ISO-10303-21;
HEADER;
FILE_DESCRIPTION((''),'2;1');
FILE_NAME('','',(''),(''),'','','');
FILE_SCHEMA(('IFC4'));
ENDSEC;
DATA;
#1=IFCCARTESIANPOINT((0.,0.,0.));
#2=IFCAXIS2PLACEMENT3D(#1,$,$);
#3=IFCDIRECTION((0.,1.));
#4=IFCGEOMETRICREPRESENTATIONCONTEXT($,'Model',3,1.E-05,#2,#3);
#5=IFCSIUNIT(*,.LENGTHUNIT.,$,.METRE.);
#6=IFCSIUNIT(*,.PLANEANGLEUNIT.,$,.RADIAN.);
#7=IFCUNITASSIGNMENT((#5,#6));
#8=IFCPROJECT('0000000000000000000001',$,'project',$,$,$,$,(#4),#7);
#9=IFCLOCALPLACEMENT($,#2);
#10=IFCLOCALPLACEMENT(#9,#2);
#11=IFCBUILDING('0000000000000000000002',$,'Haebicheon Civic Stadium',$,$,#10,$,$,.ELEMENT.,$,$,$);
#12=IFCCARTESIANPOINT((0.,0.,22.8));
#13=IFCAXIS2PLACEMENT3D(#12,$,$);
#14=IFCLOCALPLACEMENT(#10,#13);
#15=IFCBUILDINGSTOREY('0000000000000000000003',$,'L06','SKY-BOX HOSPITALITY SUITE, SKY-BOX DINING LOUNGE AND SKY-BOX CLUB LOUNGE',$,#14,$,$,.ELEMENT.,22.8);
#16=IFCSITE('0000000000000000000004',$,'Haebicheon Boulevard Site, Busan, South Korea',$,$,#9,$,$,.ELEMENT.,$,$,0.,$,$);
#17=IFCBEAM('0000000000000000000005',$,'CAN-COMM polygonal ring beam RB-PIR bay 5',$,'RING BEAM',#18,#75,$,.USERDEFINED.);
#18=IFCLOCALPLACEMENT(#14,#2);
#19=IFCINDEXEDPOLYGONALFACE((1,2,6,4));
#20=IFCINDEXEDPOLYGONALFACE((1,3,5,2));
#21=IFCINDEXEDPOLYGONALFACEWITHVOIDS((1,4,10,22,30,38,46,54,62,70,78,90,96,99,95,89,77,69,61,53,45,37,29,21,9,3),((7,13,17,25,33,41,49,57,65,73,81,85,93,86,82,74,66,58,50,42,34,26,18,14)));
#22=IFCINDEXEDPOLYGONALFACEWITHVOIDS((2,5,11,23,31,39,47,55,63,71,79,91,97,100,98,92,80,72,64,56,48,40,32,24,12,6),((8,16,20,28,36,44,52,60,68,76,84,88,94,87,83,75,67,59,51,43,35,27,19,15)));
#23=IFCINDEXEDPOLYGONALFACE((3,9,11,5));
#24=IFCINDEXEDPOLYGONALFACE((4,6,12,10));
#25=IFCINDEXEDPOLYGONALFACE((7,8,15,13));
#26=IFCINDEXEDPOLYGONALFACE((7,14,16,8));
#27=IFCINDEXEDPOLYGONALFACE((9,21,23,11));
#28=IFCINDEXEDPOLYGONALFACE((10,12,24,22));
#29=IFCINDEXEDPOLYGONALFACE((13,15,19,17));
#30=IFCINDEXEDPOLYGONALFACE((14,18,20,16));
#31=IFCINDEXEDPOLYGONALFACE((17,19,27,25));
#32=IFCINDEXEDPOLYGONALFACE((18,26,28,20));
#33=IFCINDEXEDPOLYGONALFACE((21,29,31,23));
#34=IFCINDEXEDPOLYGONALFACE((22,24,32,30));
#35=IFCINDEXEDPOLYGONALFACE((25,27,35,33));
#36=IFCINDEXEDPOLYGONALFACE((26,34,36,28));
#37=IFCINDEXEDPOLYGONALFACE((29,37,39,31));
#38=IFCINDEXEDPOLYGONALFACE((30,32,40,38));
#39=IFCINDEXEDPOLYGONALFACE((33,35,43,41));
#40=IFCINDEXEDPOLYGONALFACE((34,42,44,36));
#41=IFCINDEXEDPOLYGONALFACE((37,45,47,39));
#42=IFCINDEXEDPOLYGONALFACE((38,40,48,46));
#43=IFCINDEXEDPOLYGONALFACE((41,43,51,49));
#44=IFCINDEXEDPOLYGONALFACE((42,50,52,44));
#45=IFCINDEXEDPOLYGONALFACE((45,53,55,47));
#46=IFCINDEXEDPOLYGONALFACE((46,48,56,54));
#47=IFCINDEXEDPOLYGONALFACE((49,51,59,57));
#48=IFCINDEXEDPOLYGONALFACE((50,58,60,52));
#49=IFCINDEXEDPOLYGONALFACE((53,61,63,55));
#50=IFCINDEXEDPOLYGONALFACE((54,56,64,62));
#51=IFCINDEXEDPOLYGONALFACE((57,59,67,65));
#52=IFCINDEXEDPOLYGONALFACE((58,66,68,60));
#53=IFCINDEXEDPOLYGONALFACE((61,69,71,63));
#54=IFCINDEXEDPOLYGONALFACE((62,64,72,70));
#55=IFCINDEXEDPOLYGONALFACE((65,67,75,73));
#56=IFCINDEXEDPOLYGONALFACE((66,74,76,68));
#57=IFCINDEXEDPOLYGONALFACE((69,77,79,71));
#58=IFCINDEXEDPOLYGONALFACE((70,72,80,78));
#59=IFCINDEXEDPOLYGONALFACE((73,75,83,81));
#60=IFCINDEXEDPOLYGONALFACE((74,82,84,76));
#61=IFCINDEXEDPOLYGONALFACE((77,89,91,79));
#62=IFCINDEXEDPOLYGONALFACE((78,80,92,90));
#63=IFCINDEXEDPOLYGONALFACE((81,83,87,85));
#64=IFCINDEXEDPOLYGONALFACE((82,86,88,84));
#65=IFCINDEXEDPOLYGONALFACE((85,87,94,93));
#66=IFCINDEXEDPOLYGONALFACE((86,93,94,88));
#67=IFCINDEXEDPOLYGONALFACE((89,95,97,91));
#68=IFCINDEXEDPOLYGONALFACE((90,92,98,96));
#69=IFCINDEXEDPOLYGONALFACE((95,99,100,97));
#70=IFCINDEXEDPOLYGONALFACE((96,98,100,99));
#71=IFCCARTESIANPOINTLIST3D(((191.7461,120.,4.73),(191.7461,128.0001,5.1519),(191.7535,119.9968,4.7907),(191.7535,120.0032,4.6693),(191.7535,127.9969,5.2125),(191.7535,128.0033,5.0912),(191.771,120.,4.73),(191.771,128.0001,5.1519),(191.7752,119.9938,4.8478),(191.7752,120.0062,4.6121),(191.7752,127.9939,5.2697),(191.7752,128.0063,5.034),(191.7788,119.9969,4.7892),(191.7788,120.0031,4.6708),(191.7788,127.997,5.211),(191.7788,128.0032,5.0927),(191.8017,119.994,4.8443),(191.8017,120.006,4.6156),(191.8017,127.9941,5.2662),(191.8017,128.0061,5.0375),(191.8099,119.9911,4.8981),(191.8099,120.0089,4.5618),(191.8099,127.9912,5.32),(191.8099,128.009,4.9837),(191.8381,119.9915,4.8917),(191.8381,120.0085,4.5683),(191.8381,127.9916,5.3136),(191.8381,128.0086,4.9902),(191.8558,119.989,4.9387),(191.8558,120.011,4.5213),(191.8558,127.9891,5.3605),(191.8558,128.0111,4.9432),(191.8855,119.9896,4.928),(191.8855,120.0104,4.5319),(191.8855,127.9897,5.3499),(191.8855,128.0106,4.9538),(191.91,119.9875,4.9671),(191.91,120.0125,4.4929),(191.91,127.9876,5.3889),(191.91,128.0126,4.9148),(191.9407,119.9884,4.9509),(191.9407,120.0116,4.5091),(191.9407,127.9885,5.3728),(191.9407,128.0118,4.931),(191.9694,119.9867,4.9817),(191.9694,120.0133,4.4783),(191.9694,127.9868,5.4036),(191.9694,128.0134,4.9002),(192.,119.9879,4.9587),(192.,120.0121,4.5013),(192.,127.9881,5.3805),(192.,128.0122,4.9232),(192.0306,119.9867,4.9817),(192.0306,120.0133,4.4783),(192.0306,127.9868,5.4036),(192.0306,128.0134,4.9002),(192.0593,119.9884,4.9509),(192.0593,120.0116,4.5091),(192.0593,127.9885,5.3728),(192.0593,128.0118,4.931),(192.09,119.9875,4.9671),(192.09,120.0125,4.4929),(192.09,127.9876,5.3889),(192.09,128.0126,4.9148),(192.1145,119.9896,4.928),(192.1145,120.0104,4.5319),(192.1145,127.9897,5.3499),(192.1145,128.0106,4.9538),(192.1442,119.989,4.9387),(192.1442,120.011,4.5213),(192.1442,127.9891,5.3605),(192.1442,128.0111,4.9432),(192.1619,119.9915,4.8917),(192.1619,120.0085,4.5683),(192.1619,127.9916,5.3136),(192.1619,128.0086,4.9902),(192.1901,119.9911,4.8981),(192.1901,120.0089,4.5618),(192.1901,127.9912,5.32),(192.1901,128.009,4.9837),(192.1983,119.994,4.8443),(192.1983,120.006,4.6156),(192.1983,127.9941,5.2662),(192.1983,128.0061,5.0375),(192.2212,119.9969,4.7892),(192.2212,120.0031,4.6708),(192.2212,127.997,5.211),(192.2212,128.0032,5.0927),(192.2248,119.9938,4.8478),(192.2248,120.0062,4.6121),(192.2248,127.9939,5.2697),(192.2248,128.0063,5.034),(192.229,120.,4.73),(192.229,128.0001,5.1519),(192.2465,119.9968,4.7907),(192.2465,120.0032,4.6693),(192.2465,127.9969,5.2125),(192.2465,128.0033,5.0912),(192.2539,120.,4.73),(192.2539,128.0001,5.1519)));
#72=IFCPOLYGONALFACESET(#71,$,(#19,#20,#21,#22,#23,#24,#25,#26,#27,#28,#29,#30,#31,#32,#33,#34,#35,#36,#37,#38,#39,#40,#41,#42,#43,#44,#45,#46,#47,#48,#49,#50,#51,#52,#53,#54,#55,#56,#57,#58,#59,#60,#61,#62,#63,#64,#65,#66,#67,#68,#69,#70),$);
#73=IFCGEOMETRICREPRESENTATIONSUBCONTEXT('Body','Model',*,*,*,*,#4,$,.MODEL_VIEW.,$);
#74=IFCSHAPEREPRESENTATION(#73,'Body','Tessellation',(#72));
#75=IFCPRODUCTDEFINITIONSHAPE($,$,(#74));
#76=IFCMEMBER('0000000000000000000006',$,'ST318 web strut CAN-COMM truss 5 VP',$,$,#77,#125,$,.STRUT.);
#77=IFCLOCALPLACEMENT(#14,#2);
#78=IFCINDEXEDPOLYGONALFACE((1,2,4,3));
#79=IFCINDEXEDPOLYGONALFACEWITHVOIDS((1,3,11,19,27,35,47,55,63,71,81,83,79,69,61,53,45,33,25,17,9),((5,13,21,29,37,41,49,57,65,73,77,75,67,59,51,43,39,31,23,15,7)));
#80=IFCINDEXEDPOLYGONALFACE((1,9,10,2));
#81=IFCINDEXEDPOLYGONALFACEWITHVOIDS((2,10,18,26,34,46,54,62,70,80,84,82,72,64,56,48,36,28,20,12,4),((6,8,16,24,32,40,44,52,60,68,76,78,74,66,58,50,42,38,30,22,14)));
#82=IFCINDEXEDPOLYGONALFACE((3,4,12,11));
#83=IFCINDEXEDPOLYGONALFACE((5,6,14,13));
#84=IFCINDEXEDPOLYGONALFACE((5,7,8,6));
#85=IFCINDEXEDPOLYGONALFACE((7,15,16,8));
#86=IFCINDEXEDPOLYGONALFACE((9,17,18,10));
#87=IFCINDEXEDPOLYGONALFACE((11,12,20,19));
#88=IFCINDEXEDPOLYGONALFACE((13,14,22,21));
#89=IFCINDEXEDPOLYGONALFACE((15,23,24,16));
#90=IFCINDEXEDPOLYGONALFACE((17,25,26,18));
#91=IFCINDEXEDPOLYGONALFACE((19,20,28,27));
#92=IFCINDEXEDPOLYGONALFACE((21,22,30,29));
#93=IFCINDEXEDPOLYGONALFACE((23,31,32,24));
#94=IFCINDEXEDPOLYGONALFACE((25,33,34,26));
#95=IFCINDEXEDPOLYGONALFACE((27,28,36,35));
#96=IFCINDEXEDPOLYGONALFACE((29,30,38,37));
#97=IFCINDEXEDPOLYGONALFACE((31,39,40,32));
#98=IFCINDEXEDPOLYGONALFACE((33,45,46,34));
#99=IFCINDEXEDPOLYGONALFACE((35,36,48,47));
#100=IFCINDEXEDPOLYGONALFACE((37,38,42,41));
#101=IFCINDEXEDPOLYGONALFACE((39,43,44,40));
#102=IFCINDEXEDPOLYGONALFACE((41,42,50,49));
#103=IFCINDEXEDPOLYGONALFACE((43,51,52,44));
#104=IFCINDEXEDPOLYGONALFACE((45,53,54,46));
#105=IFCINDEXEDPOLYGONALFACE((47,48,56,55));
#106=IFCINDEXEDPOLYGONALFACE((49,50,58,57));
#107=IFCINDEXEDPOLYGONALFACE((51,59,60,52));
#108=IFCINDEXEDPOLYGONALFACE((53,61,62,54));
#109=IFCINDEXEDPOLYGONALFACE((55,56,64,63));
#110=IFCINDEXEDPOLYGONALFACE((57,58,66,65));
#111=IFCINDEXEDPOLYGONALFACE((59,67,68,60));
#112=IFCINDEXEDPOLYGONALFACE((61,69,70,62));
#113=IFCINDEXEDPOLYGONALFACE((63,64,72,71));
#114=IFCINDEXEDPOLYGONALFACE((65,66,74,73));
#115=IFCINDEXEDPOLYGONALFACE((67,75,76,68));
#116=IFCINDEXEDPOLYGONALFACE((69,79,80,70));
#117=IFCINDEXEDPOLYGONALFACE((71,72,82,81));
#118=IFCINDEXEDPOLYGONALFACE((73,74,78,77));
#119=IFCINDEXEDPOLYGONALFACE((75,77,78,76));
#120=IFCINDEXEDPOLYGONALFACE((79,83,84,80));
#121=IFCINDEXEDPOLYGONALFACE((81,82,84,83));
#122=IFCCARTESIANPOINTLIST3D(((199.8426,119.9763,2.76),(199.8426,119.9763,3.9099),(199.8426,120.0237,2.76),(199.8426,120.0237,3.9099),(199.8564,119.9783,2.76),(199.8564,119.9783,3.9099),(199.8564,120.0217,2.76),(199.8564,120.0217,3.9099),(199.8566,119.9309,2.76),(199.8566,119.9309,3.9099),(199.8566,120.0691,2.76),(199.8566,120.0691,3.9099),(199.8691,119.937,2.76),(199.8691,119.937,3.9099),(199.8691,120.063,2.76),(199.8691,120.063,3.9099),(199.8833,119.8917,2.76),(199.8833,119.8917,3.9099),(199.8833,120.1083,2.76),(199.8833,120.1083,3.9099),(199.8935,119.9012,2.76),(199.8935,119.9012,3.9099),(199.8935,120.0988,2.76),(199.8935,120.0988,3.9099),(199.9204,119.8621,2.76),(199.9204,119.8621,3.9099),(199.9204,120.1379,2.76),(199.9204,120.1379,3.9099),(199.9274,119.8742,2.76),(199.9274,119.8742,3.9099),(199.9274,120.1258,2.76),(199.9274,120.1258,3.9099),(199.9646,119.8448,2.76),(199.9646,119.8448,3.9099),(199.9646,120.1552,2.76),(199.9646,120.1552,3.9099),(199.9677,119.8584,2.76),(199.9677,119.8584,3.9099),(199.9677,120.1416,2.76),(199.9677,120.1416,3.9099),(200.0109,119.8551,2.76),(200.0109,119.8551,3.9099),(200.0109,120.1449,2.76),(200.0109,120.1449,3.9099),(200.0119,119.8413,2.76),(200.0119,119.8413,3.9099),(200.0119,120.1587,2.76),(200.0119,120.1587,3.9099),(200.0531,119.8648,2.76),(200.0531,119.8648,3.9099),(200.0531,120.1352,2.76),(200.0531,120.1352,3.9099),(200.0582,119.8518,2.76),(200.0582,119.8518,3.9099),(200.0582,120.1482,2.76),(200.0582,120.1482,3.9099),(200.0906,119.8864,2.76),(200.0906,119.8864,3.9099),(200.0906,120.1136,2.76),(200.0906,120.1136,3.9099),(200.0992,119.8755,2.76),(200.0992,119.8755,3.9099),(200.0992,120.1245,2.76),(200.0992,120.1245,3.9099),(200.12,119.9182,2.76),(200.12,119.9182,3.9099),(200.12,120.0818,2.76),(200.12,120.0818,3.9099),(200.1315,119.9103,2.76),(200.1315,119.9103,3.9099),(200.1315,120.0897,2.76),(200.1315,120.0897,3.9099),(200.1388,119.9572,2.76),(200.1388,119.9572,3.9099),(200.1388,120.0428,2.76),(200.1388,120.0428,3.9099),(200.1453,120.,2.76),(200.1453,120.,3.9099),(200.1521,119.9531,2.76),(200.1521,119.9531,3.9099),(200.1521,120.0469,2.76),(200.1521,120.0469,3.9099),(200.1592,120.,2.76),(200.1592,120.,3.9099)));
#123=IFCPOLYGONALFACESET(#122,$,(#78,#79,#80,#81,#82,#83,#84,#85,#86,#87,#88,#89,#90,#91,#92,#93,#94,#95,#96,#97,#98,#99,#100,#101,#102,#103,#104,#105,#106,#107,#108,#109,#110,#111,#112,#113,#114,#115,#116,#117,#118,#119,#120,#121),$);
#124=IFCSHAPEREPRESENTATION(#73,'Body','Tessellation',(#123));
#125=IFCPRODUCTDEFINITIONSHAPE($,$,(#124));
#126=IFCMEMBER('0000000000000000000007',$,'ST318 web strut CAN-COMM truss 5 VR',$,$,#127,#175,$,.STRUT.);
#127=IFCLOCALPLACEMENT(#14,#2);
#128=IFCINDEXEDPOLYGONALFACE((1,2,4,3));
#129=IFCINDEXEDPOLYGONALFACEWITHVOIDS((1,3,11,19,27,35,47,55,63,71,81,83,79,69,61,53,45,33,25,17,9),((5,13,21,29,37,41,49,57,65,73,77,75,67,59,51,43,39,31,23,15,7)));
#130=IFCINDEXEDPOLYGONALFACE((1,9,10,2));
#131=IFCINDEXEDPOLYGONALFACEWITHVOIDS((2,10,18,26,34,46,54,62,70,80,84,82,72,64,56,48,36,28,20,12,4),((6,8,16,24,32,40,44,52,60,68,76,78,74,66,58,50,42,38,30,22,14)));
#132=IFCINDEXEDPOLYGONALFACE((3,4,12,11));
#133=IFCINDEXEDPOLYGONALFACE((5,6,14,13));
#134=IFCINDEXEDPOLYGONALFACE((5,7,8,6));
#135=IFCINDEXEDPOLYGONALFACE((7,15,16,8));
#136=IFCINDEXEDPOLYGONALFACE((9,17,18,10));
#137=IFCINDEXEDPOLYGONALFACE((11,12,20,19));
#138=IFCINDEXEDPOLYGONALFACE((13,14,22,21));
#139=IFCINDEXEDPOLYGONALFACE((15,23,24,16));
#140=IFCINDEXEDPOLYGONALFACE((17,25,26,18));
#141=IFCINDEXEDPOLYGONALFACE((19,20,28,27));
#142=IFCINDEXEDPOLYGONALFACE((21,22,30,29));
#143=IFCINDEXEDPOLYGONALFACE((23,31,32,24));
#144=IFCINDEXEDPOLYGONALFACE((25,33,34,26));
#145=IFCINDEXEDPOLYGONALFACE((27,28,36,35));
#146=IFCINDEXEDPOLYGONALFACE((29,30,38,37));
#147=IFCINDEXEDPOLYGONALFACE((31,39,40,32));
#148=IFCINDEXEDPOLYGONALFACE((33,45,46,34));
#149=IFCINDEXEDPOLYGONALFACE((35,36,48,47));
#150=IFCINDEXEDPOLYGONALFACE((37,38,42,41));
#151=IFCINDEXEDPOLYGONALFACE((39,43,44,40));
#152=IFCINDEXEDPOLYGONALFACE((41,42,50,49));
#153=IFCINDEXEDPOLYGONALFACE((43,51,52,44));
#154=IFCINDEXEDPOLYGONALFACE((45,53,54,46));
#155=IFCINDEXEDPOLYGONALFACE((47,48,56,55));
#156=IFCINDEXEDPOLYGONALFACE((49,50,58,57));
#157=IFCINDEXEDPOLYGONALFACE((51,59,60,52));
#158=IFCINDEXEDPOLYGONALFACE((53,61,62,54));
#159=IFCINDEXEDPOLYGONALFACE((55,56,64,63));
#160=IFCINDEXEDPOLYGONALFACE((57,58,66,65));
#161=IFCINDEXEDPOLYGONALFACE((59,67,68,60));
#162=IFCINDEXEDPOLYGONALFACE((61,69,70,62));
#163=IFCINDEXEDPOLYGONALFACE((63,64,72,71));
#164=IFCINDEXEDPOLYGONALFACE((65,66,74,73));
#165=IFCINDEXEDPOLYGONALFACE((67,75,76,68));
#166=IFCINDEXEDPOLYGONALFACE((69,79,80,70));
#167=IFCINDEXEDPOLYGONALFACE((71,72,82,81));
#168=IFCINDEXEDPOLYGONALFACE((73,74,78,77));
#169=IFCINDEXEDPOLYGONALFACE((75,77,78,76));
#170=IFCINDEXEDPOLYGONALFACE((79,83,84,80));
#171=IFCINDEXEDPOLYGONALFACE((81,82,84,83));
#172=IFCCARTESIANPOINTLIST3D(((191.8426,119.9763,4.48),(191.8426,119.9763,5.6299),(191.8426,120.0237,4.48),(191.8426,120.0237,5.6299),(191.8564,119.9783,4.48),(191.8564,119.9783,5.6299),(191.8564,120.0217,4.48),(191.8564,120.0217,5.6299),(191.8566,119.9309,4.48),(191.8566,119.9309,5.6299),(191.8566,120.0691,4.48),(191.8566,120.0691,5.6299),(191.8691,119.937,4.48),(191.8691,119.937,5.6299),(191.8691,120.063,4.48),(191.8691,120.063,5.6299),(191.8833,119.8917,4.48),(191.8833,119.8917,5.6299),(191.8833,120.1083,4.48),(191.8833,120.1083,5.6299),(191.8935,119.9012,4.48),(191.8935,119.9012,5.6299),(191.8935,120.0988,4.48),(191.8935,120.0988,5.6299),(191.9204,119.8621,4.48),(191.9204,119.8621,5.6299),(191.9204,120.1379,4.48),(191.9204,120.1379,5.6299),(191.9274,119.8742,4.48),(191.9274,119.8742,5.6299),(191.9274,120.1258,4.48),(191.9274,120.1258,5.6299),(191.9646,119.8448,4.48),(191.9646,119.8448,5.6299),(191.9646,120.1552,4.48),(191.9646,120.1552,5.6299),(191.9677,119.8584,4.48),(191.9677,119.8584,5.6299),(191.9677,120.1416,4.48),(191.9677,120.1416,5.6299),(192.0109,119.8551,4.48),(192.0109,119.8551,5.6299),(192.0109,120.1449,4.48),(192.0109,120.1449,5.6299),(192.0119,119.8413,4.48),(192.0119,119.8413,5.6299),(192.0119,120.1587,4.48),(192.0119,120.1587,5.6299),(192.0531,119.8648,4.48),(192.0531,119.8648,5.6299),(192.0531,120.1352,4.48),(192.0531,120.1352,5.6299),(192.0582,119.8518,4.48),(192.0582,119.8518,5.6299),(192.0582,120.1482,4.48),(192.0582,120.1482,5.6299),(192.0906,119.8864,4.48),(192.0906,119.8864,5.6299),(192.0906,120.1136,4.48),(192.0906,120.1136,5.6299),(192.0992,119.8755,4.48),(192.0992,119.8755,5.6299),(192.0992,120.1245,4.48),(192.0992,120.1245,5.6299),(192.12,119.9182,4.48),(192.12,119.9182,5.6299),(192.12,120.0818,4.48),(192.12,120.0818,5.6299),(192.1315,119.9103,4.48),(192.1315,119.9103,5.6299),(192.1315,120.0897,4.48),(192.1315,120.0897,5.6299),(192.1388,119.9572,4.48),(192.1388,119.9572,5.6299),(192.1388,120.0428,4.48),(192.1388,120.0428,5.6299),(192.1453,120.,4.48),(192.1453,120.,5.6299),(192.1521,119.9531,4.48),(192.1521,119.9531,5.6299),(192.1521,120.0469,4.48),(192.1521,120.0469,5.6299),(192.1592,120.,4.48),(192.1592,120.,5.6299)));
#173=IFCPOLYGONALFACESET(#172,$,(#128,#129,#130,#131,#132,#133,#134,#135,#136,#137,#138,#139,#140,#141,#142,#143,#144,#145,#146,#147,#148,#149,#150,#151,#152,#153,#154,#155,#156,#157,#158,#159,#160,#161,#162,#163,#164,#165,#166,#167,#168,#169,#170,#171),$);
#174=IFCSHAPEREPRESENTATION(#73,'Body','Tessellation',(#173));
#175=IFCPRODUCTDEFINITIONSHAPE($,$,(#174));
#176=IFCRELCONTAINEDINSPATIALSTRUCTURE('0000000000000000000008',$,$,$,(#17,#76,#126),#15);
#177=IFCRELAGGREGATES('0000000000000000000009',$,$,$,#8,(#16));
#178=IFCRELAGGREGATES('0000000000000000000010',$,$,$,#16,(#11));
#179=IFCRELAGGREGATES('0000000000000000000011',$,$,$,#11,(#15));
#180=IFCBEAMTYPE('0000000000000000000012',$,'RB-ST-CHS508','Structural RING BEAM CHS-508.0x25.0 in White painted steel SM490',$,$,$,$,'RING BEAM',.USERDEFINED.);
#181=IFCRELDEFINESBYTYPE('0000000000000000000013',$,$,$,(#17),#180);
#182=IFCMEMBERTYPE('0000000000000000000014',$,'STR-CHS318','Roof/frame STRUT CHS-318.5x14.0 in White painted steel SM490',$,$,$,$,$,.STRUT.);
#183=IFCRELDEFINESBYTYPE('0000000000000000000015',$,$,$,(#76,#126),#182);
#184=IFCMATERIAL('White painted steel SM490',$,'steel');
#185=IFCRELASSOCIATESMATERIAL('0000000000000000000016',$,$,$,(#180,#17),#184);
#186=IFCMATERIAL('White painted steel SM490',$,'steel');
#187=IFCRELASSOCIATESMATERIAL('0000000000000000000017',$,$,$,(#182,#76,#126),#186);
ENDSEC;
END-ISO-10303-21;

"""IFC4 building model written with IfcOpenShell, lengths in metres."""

from ifc_helpers import new_model, si_unit, direction, frame, origin, origin_2d, place, context, subcontext, project, spatial, hollow_circle, extrude, material, material_profile, profile_set, type_object, element, save


model = new_model("IFC4")

# Units and contexts
model_context = context("Model", 3, precision=1e-05, world=origin(), true_north=direction((0.0, 1.0)))
body_context = subcontext(model_context, "Body", "Model", "MODEL_VIEW")
ifc_project = project(units=[si_unit("LENGTHUNIT", "METRE"), si_unit("PLANEANGLEUNIT", "RADIAN")], contexts=[model_context])

# Site, building, storey
site_placement = place(None, origin())
site = spatial("IfcSite", under=ifc_project, at=site_placement, Name="Haebicheon Boulevard Site, Busan, South Korea", CompositionType="ELEMENT", RefElevation=0.0)
building_placement = place(site_placement, origin())
building = spatial("IfcBuilding", under=site, at=building_placement, Name="Haebicheon Civic Stadium", CompositionType="ELEMENT")
storey_placement = place(building_placement, frame((0.0, 0.0, 22.8)))
storey = spatial("IfcBuildingStorey", under=building, at=storey_placement, Name="L06", Description="SKY-BOX HOSPITALITY SUITE, SKY-BOX DINING LOUNGE AND SKY-BOX CLUB LOUNGE", CompositionType="ELEMENT", Elevation=22.8)

# Beam
ifc_material_1 = material(Name="White painted steel SM490", Category="steel")
ifc_material_profile_1 = material_profile(ifc_material_1, hollow_circle(Radius=0.2539, WallThickness=0.0249, at=origin_2d()), Name="CHS-508.0x25.0")
ifc_profile_set_1 = profile_set([ifc_material_profile_1], Name="White painted steel SM490")
beam_type = type_object("IfcBeamType", Name="RB-ST-CHS508", Description="Structural RING BEAM CHS-508.0x25.0 in White painted steel SM490", ElementType="RING BEAM", PredefinedType="USERDEFINED", material=ifc_profile_set_1)
beam_placement = place(storey_placement, frame((192.0, 120.0, 4.73), z_axis=(0.0, 0.998612, 0.052661), x_axis=(-1.0, 0.0, 0.0)))
element("IfcBeam", 1, at=beam_placement, inside=storey, type_object=beam_type, material=ifc_profile_set_1, Name="CAN-COMM polygonal ring beam RB-PIR bay 5", ObjectType="RING BEAM", PredefinedType="USERDEFINED", context=body_context, shape_type="SweptSolid", body=[
    extrude(hollow_circle(Radius=0.2539, WallThickness=0.0249, at=origin_2d()), origin(), (0.0, 0.0, 1.0), 8.0112),
])

# Members
ifc_material_2 = material(Name="White painted steel SM490", Category="steel")
ifc_material_profile_2 = material_profile(ifc_material_2, hollow_circle(Radius=0.1592, WallThickness=0.0139, at=origin_2d()), Name="CHS-318.5x14.0")
ifc_profile_set_2 = profile_set([ifc_material_profile_2], Name="White painted steel SM490")
member_type_1 = type_object("IfcMemberType", Name="STR-CHS318", Description="Roof/frame STRUT CHS-318.5x14.0 in White painted steel SM490", PredefinedType="STRUT", material=ifc_profile_set_2)
for number, where, z_axis, x_axis, name in (
    (2, (200.0, 120.0, 2.76), (0.0, 0.0, 1.0), (1.0, 0.0, 0.0), "ST318 web strut CAN-COMM truss 5 VP"),
    (3, (192.0, 120.0, 4.48), (0.0, 0.0, 1.0), (1.0, 0.0, 0.0), "ST318 web strut CAN-COMM truss 5 VR"),
):
    element("IfcMember", number, at=place(storey_placement, frame(where, z_axis=z_axis, x_axis=x_axis)), inside=storey, type_object=member_type_1, material=ifc_profile_set_2, Name=name, PredefinedType="STRUT", context=body_context, shape_type="SweptSolid", body=[
        extrude(hollow_circle(Radius=0.1592, WallThickness=0.0139, at=origin_2d()), origin(), (0.0, 0.0, 1.0), 1.1499),
    ])

save(model, "model.ifc")
